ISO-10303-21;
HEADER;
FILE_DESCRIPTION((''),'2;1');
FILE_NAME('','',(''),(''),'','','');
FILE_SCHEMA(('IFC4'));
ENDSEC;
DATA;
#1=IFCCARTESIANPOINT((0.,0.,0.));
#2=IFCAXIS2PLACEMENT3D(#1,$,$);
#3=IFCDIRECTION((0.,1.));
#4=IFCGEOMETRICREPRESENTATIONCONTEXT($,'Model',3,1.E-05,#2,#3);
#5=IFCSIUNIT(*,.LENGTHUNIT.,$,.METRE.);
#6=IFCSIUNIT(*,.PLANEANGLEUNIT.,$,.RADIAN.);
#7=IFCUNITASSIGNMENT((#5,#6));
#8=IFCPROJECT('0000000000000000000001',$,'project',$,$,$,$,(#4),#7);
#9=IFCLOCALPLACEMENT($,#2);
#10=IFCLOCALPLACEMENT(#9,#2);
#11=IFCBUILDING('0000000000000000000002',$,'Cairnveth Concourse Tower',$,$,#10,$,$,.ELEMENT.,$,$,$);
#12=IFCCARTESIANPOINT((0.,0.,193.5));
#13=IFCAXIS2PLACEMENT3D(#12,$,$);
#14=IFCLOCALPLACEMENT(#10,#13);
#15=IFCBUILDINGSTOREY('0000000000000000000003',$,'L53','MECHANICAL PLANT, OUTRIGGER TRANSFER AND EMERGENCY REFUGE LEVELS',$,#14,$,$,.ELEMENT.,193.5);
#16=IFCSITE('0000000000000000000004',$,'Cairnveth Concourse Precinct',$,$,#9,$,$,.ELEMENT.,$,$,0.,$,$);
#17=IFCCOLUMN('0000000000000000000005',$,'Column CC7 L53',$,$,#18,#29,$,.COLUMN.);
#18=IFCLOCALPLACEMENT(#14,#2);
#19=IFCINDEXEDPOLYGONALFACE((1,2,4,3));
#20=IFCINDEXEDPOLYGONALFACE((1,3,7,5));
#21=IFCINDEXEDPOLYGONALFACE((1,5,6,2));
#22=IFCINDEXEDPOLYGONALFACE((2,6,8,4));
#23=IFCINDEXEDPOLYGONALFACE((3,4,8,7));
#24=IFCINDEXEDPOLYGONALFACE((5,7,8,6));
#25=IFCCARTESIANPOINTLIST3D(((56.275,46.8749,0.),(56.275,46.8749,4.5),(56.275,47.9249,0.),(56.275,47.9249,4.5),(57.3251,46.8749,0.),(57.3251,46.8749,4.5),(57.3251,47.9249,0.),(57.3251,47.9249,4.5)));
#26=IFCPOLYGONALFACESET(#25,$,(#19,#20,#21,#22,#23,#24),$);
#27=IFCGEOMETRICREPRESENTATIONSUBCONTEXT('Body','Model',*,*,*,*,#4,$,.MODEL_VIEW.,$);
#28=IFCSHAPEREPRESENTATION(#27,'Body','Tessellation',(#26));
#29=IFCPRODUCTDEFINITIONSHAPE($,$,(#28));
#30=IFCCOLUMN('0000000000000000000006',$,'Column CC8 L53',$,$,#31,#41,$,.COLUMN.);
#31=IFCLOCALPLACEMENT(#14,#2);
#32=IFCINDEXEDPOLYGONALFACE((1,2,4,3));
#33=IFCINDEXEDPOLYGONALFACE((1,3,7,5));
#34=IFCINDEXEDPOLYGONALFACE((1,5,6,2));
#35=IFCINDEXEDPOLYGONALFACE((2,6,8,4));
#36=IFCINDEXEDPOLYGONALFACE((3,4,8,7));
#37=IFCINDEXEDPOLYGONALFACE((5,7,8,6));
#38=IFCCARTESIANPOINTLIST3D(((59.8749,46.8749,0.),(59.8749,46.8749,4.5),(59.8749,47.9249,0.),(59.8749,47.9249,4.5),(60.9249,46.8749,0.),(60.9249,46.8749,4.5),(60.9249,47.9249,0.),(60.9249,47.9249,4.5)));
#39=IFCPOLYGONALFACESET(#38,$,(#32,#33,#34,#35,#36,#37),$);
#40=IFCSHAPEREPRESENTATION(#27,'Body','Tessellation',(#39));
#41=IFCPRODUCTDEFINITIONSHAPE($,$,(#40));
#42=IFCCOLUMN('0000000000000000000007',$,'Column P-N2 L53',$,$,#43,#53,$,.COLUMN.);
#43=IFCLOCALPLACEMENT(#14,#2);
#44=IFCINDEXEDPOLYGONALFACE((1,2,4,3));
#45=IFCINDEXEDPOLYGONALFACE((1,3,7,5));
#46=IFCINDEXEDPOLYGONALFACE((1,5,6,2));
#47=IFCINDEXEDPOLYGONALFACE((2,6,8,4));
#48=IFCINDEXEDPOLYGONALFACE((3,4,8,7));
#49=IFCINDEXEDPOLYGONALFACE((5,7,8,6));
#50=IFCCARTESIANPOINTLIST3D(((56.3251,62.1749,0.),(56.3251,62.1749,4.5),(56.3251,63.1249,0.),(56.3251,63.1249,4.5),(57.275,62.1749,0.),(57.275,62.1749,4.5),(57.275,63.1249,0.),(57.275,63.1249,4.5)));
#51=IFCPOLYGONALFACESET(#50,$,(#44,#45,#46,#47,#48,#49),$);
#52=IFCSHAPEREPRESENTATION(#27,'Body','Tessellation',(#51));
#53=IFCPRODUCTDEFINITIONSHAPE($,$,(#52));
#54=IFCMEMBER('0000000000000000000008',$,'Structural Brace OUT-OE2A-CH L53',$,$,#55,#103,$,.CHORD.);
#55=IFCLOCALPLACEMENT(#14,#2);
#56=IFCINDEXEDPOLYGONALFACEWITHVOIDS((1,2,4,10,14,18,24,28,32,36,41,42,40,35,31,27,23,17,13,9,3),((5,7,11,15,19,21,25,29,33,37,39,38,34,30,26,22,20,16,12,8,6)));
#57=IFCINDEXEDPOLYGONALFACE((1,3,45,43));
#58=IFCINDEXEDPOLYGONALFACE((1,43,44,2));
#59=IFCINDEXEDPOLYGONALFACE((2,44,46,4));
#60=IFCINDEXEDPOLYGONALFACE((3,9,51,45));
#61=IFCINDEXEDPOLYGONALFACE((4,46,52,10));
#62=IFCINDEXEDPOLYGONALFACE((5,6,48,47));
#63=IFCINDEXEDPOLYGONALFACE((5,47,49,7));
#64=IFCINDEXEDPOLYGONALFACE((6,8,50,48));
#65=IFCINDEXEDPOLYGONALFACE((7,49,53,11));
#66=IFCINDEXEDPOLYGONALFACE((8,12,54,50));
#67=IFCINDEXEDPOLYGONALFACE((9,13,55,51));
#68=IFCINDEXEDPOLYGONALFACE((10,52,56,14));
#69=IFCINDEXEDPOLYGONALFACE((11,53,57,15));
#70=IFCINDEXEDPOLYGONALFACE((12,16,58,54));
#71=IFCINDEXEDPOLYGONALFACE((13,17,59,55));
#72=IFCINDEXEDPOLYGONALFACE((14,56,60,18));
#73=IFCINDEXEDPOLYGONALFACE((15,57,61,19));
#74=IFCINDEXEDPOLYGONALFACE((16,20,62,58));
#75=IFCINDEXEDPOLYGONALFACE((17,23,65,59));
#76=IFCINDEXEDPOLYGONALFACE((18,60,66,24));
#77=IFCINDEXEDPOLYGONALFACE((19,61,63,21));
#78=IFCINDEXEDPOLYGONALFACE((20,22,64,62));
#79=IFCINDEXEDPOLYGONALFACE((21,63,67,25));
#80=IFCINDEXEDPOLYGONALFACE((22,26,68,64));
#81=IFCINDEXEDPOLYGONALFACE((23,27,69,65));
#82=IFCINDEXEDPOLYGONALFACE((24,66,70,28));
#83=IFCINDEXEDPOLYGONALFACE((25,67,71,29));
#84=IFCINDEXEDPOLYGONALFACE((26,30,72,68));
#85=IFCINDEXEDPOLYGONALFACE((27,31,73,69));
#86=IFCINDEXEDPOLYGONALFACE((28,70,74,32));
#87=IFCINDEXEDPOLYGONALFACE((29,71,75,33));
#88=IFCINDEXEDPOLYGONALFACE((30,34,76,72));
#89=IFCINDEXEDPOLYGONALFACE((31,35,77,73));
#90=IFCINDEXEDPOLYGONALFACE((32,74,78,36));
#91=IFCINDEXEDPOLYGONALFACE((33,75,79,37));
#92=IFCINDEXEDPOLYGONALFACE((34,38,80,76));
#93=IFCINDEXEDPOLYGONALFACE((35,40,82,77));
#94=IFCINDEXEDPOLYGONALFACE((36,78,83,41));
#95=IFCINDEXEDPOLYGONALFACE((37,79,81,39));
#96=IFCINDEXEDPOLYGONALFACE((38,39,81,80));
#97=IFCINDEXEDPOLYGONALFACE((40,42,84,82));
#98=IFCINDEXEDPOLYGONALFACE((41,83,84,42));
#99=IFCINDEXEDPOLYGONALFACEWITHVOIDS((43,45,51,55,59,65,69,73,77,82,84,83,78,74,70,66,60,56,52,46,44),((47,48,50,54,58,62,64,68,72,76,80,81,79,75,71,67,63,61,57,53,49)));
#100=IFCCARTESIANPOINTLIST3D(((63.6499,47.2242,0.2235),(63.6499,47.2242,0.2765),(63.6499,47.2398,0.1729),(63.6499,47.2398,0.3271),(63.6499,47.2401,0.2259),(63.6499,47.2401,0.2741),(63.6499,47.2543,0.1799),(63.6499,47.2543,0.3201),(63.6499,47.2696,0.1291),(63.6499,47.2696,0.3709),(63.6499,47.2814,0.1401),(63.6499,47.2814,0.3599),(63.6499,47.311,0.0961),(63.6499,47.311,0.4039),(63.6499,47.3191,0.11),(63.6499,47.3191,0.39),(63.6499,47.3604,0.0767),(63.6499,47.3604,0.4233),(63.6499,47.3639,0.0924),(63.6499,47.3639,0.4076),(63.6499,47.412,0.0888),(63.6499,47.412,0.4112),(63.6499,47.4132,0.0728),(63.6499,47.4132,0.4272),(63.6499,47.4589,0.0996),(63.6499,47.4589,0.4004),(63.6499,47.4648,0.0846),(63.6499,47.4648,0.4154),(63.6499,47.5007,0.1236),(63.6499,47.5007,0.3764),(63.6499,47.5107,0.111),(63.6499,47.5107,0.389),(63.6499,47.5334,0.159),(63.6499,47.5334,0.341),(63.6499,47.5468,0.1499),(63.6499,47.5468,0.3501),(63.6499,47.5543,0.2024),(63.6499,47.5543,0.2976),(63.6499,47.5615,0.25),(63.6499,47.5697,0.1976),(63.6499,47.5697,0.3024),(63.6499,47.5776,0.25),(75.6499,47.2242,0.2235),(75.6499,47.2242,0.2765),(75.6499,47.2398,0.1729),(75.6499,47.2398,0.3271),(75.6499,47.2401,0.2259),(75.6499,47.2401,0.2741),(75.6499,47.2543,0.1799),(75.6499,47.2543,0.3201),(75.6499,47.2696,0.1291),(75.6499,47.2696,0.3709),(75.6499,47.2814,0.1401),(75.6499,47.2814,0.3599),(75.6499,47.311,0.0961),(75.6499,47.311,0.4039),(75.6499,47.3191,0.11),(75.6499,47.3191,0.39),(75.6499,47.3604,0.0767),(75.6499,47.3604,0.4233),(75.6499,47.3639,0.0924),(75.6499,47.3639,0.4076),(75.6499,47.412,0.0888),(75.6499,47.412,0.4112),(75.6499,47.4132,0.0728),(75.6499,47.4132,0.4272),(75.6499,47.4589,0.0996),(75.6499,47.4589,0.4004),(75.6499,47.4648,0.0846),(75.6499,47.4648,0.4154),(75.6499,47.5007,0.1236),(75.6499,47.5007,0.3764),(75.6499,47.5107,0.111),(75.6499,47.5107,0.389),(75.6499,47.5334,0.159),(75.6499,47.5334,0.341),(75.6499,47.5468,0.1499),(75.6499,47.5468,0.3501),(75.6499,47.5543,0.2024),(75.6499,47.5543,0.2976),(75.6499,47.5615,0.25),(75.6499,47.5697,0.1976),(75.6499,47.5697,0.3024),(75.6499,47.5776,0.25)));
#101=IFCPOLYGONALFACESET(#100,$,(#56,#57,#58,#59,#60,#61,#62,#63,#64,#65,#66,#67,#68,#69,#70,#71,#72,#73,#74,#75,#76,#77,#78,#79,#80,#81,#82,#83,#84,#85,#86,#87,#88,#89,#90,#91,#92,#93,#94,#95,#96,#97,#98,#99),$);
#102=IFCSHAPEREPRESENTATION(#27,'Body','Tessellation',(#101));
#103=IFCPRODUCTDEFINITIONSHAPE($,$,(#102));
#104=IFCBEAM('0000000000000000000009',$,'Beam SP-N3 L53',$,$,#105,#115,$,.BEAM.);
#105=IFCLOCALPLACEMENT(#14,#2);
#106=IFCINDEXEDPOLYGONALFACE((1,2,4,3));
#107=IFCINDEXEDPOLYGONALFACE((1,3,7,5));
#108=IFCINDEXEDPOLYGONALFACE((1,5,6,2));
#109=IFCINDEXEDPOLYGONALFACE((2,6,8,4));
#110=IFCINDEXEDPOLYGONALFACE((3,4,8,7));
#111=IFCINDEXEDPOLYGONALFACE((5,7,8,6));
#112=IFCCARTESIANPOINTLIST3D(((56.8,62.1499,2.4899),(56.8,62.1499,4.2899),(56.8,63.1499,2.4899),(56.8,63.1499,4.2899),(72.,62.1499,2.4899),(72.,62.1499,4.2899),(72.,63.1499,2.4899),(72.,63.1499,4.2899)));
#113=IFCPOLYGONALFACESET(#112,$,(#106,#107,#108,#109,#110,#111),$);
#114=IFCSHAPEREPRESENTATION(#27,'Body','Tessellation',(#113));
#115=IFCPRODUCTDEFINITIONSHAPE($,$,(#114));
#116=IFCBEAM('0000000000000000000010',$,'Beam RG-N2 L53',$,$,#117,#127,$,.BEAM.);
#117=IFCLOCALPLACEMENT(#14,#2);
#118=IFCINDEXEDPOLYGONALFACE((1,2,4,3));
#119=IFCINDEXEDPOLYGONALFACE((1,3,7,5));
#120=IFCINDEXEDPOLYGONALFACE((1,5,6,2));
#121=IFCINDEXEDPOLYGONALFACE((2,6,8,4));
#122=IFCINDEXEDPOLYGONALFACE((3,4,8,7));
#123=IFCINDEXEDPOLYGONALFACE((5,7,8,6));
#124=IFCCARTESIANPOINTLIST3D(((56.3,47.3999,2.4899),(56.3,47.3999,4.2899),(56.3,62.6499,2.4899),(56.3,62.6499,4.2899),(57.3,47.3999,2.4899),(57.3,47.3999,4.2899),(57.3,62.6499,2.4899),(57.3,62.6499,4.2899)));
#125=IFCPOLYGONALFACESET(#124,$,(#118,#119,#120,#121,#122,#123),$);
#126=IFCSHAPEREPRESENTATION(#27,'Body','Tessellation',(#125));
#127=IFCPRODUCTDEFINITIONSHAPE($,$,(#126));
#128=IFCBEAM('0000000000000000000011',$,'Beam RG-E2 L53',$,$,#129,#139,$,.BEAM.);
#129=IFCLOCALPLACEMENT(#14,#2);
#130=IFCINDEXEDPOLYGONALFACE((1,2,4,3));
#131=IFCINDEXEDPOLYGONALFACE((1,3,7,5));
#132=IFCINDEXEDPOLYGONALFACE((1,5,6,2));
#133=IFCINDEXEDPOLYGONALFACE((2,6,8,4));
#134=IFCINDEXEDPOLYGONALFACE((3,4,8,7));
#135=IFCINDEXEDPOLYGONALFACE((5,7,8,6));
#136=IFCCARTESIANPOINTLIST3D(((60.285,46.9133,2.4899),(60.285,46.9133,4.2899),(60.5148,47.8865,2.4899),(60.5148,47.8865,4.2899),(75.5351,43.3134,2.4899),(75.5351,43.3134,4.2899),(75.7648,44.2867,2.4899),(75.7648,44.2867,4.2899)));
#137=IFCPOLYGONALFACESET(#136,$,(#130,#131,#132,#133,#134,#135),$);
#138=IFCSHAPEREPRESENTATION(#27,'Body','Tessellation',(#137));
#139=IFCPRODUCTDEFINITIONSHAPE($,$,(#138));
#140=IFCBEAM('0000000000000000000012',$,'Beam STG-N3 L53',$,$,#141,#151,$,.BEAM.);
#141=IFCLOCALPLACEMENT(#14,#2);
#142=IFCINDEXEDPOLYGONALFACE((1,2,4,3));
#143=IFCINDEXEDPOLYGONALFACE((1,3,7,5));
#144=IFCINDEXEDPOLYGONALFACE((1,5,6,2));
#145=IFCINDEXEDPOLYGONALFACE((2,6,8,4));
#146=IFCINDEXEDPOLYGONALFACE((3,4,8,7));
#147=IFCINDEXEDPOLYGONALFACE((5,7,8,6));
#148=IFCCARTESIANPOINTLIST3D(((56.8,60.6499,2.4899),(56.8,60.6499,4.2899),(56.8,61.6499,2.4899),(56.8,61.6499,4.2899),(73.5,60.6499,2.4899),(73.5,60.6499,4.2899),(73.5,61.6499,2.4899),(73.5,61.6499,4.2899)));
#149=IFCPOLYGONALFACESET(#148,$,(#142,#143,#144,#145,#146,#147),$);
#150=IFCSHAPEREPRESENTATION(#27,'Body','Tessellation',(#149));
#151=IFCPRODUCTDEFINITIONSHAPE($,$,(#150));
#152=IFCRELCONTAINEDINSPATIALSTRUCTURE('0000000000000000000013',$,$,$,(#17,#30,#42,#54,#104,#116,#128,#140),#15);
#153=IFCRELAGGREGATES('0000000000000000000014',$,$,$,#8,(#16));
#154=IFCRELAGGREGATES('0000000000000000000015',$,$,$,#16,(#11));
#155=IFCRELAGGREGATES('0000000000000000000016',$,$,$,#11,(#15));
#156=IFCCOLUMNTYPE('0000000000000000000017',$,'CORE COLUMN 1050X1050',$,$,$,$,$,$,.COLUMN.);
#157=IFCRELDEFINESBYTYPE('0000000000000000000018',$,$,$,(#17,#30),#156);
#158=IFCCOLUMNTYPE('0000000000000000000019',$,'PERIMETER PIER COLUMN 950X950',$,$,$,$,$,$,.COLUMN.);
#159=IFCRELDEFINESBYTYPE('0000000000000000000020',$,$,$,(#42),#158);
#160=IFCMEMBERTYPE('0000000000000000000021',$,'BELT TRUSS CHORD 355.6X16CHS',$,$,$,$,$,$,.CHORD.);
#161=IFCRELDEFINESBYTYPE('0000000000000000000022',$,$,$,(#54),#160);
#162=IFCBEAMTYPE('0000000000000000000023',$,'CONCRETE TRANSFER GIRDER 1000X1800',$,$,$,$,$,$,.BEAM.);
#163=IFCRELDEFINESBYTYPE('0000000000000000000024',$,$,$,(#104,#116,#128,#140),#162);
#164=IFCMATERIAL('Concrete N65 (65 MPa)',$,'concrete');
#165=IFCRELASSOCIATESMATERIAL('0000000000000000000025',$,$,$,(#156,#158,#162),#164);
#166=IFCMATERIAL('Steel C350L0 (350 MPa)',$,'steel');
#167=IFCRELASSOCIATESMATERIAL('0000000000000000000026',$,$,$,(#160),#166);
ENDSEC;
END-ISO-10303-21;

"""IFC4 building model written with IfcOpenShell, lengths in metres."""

from ifc_helpers import new_model, si_unit, direction, frame, origin, origin_2d, place, context, subcontext, project, spatial, rectangle, hollow_circle, extrude, material, material_profile, profile_set, type_object, element, save


model = new_model("IFC4")

# Units and contexts
model_context = context("Model", 3, precision=1e-05, world=origin(), true_north=direction((0.0, 1.0)))
body_context = subcontext(model_context, "Body", "Model", "MODEL_VIEW")
ifc_project = project(units=[si_unit("LENGTHUNIT", "METRE"), si_unit("PLANEANGLEUNIT", "RADIAN")], contexts=[model_context])

# Site, building, storey
site_placement = place(None, origin())
site = spatial("IfcSite", under=ifc_project, at=site_placement, Name="Cairnveth Concourse Precinct", CompositionType="ELEMENT", RefElevation=0.0)
building_placement = place(site_placement, origin())
building = spatial("IfcBuilding", under=site, at=building_placement, Name="Cairnveth Concourse Tower", CompositionType="ELEMENT")
storey_placement = place(building_placement, frame((0.0, 0.0, 193.5)))
storey = spatial("IfcBuildingStorey", under=building, at=storey_placement, Name="L53", Description="MECHANICAL PLANT, OUTRIGGER TRANSFER AND EMERGENCY REFUGE LEVELS", CompositionType="ELEMENT", Elevation=193.5)

# Columns
ifc_material_1 = material(Name="Concrete N65 (65 MPa)", Category="concrete")
ifc_material_profile_1 = material_profile(ifc_material_1, rectangle(XDim=1.05, YDim=1.05, at=origin_2d()), Name="RC-COL-1050x1050")
ifc_profile_set_1 = profile_set([ifc_material_profile_1], Name="Concrete N65 (65 MPa)")
column_type_1 = type_object("IfcColumnType", Name="CORE COLUMN 1050X1050", PredefinedType="COLUMN", material=ifc_profile_set_1)
for number, where, z_axis, x_axis, name in (
    (1, (56.8, 47.3999, 0.0), (0.0, 0.0, 1.0), (1.0, 0.0, 0.0), "Column CC7 L53"),
    (2, (60.3999, 47.3999, 0.0), (0.0, 0.0, 1.0), (1.0, 0.0, 0.0), "Column CC8 L53"),
):
    element("IfcColumn", number, at=place(storey_placement, frame(where, z_axis=z_axis, x_axis=x_axis)), inside=storey, type_object=column_type_1, Name=name, PredefinedType="COLUMN", context=body_context, shape_type="SweptSolid", body=[
        extrude(rectangle(XDim=1.05, YDim=1.05, at=origin_2d()), origin(), (0.0, 0.0, 1.0), 4.5),
    ])
ifc_material_profile_2 = material_profile(ifc_material_1, rectangle(XDim=0.95, YDim=0.95, at=origin_2d()), Name="RC-COL-950x950")
ifc_profile_set_2 = profile_set([ifc_material_profile_2], Name="Concrete N65 (65 MPa)")
column_type_2 = type_object("IfcColumnType", Name="PERIMETER PIER COLUMN 950X950", PredefinedType="COLUMN", material=ifc_profile_set_2)
column_placement = place(storey_placement, frame((56.8, 62.6499, 0.0), z_axis=(0.0, 0.0, 1.0), x_axis=(1.0, 0.0, 0.0)))
element("IfcColumn", 3, at=column_placement, inside=storey, type_object=column_type_2, Name="Column P-N2 L53", PredefinedType="COLUMN", context=body_context, shape_type="SweptSolid", body=[
    extrude(rectangle(XDim=0.95, YDim=0.95, at=origin_2d()), origin(), (0.0, 0.0, 1.0), 4.5),
])

# Member
ifc_material_2 = material(Name="Steel C350L0 (350 MPa)", Category="steel")
ifc_material_profile_3 = material_profile(ifc_material_2, hollow_circle(Radius=0.1777, WallThickness=0.0161, at=origin_2d()), Name="355.6x16.0CHS")
ifc_profile_set_3 = profile_set([ifc_material_profile_3], Name="Steel C350L0 (350 MPa)")
member_type_1 = type_object("IfcMemberType", Name="BELT TRUSS CHORD 355.6X16CHS", PredefinedType="CHORD", material=ifc_profile_set_3)
member_1_placement = place(storey_placement, frame((63.6499, 47.3999, 0.25), z_axis=(1.0, 0.0, 0.0), x_axis=(0.0, 1.0, 0.0)))
element("IfcMember", 4, at=member_1_placement, inside=storey, type_object=member_type_1, Name="Structural Brace OUT-OE2A-CH L53", PredefinedType="CHORD", context=body_context, shape_type="SweptSolid", body=[
    extrude(hollow_circle(Radius=0.1777, WallThickness=0.0161, at=origin_2d()), origin(), (0.0, 0.0, 1.0), 12.0),
])

# Beams
ifc_material_profile_4 = material_profile(ifc_material_1, rectangle(XDim=1.0, YDim=1.8, at=origin_2d()), Name="RC-TB-1000x1800")
ifc_profile_set_4 = profile_set([ifc_material_profile_4], Name="Concrete N65 (65 MPa)")
beam_type = type_object("IfcBeamType", Name="CONCRETE TRANSFER GIRDER 1000X1800", PredefinedType="BEAM", material=ifc_profile_set_4)
beam_1_placement = place(storey_placement, frame((56.8, 62.6499, 3.3899), z_axis=(1.0, 0.0, 0.0), x_axis=(0.0, 1.0, 0.0)))
element("IfcBeam", 5, at=beam_1_placement, inside=storey, type_object=beam_type, Name="Beam SP-N3 L53", PredefinedType="BEAM", context=body_context, shape_type="SweptSolid", body=[
    extrude(rectangle(XDim=1.0, YDim=1.8, at=origin_2d()), origin(), (0.0, 0.0, 1.0), 15.2),
])
beam_2_placement = place(storey_placement, frame((56.8, 47.3999, 3.3899), z_axis=(0.0, 1.0, 0.0), x_axis=(-1.0, 0.0, 0.0)))
element("IfcBeam", 6, at=beam_2_placement, inside=storey, type_object=beam_type, Name="Beam RG-N2 L53", PredefinedType="BEAM", context=body_context, shape_type="SweptSolid", body=[
    extrude(rectangle(XDim=1.0, YDim=1.8, at=origin_2d()), origin(), (0.0, 0.0, 1.0), 15.25),
])
beam_3_placement = place(storey_placement, frame((60.3999, 47.3999, 3.3899), z_axis=(0.973252, -0.229742, 0.0), x_axis=(0.229742, 0.973252, 0.0)))
element("IfcBeam", 7, at=beam_3_placement, inside=storey, type_object=beam_type, Name="Beam RG-E2 L53", PredefinedType="BEAM", context=body_context, shape_type="SweptSolid", body=[
    extrude(rectangle(XDim=1.0, YDim=1.8, at=origin_2d()), origin(), (0.0, 0.0, 1.0), 15.6692),
])
beam_4_placement = place(storey_placement, frame((56.8, 61.1499, 3.3899), z_axis=(1.0, 0.0, 0.0), x_axis=(0.0, 1.0, 0.0)))
element("IfcBeam", 8, at=beam_4_placement, inside=storey, type_object=beam_type, Name="Beam STG-N3 L53", PredefinedType="BEAM", context=body_context, shape_type="SweptSolid", body=[
    extrude(rectangle(XDim=1.0, YDim=1.8, at=origin_2d()), origin(), (0.0, 0.0, 1.0), 16.7),
])

save(model, "model.ifc")
